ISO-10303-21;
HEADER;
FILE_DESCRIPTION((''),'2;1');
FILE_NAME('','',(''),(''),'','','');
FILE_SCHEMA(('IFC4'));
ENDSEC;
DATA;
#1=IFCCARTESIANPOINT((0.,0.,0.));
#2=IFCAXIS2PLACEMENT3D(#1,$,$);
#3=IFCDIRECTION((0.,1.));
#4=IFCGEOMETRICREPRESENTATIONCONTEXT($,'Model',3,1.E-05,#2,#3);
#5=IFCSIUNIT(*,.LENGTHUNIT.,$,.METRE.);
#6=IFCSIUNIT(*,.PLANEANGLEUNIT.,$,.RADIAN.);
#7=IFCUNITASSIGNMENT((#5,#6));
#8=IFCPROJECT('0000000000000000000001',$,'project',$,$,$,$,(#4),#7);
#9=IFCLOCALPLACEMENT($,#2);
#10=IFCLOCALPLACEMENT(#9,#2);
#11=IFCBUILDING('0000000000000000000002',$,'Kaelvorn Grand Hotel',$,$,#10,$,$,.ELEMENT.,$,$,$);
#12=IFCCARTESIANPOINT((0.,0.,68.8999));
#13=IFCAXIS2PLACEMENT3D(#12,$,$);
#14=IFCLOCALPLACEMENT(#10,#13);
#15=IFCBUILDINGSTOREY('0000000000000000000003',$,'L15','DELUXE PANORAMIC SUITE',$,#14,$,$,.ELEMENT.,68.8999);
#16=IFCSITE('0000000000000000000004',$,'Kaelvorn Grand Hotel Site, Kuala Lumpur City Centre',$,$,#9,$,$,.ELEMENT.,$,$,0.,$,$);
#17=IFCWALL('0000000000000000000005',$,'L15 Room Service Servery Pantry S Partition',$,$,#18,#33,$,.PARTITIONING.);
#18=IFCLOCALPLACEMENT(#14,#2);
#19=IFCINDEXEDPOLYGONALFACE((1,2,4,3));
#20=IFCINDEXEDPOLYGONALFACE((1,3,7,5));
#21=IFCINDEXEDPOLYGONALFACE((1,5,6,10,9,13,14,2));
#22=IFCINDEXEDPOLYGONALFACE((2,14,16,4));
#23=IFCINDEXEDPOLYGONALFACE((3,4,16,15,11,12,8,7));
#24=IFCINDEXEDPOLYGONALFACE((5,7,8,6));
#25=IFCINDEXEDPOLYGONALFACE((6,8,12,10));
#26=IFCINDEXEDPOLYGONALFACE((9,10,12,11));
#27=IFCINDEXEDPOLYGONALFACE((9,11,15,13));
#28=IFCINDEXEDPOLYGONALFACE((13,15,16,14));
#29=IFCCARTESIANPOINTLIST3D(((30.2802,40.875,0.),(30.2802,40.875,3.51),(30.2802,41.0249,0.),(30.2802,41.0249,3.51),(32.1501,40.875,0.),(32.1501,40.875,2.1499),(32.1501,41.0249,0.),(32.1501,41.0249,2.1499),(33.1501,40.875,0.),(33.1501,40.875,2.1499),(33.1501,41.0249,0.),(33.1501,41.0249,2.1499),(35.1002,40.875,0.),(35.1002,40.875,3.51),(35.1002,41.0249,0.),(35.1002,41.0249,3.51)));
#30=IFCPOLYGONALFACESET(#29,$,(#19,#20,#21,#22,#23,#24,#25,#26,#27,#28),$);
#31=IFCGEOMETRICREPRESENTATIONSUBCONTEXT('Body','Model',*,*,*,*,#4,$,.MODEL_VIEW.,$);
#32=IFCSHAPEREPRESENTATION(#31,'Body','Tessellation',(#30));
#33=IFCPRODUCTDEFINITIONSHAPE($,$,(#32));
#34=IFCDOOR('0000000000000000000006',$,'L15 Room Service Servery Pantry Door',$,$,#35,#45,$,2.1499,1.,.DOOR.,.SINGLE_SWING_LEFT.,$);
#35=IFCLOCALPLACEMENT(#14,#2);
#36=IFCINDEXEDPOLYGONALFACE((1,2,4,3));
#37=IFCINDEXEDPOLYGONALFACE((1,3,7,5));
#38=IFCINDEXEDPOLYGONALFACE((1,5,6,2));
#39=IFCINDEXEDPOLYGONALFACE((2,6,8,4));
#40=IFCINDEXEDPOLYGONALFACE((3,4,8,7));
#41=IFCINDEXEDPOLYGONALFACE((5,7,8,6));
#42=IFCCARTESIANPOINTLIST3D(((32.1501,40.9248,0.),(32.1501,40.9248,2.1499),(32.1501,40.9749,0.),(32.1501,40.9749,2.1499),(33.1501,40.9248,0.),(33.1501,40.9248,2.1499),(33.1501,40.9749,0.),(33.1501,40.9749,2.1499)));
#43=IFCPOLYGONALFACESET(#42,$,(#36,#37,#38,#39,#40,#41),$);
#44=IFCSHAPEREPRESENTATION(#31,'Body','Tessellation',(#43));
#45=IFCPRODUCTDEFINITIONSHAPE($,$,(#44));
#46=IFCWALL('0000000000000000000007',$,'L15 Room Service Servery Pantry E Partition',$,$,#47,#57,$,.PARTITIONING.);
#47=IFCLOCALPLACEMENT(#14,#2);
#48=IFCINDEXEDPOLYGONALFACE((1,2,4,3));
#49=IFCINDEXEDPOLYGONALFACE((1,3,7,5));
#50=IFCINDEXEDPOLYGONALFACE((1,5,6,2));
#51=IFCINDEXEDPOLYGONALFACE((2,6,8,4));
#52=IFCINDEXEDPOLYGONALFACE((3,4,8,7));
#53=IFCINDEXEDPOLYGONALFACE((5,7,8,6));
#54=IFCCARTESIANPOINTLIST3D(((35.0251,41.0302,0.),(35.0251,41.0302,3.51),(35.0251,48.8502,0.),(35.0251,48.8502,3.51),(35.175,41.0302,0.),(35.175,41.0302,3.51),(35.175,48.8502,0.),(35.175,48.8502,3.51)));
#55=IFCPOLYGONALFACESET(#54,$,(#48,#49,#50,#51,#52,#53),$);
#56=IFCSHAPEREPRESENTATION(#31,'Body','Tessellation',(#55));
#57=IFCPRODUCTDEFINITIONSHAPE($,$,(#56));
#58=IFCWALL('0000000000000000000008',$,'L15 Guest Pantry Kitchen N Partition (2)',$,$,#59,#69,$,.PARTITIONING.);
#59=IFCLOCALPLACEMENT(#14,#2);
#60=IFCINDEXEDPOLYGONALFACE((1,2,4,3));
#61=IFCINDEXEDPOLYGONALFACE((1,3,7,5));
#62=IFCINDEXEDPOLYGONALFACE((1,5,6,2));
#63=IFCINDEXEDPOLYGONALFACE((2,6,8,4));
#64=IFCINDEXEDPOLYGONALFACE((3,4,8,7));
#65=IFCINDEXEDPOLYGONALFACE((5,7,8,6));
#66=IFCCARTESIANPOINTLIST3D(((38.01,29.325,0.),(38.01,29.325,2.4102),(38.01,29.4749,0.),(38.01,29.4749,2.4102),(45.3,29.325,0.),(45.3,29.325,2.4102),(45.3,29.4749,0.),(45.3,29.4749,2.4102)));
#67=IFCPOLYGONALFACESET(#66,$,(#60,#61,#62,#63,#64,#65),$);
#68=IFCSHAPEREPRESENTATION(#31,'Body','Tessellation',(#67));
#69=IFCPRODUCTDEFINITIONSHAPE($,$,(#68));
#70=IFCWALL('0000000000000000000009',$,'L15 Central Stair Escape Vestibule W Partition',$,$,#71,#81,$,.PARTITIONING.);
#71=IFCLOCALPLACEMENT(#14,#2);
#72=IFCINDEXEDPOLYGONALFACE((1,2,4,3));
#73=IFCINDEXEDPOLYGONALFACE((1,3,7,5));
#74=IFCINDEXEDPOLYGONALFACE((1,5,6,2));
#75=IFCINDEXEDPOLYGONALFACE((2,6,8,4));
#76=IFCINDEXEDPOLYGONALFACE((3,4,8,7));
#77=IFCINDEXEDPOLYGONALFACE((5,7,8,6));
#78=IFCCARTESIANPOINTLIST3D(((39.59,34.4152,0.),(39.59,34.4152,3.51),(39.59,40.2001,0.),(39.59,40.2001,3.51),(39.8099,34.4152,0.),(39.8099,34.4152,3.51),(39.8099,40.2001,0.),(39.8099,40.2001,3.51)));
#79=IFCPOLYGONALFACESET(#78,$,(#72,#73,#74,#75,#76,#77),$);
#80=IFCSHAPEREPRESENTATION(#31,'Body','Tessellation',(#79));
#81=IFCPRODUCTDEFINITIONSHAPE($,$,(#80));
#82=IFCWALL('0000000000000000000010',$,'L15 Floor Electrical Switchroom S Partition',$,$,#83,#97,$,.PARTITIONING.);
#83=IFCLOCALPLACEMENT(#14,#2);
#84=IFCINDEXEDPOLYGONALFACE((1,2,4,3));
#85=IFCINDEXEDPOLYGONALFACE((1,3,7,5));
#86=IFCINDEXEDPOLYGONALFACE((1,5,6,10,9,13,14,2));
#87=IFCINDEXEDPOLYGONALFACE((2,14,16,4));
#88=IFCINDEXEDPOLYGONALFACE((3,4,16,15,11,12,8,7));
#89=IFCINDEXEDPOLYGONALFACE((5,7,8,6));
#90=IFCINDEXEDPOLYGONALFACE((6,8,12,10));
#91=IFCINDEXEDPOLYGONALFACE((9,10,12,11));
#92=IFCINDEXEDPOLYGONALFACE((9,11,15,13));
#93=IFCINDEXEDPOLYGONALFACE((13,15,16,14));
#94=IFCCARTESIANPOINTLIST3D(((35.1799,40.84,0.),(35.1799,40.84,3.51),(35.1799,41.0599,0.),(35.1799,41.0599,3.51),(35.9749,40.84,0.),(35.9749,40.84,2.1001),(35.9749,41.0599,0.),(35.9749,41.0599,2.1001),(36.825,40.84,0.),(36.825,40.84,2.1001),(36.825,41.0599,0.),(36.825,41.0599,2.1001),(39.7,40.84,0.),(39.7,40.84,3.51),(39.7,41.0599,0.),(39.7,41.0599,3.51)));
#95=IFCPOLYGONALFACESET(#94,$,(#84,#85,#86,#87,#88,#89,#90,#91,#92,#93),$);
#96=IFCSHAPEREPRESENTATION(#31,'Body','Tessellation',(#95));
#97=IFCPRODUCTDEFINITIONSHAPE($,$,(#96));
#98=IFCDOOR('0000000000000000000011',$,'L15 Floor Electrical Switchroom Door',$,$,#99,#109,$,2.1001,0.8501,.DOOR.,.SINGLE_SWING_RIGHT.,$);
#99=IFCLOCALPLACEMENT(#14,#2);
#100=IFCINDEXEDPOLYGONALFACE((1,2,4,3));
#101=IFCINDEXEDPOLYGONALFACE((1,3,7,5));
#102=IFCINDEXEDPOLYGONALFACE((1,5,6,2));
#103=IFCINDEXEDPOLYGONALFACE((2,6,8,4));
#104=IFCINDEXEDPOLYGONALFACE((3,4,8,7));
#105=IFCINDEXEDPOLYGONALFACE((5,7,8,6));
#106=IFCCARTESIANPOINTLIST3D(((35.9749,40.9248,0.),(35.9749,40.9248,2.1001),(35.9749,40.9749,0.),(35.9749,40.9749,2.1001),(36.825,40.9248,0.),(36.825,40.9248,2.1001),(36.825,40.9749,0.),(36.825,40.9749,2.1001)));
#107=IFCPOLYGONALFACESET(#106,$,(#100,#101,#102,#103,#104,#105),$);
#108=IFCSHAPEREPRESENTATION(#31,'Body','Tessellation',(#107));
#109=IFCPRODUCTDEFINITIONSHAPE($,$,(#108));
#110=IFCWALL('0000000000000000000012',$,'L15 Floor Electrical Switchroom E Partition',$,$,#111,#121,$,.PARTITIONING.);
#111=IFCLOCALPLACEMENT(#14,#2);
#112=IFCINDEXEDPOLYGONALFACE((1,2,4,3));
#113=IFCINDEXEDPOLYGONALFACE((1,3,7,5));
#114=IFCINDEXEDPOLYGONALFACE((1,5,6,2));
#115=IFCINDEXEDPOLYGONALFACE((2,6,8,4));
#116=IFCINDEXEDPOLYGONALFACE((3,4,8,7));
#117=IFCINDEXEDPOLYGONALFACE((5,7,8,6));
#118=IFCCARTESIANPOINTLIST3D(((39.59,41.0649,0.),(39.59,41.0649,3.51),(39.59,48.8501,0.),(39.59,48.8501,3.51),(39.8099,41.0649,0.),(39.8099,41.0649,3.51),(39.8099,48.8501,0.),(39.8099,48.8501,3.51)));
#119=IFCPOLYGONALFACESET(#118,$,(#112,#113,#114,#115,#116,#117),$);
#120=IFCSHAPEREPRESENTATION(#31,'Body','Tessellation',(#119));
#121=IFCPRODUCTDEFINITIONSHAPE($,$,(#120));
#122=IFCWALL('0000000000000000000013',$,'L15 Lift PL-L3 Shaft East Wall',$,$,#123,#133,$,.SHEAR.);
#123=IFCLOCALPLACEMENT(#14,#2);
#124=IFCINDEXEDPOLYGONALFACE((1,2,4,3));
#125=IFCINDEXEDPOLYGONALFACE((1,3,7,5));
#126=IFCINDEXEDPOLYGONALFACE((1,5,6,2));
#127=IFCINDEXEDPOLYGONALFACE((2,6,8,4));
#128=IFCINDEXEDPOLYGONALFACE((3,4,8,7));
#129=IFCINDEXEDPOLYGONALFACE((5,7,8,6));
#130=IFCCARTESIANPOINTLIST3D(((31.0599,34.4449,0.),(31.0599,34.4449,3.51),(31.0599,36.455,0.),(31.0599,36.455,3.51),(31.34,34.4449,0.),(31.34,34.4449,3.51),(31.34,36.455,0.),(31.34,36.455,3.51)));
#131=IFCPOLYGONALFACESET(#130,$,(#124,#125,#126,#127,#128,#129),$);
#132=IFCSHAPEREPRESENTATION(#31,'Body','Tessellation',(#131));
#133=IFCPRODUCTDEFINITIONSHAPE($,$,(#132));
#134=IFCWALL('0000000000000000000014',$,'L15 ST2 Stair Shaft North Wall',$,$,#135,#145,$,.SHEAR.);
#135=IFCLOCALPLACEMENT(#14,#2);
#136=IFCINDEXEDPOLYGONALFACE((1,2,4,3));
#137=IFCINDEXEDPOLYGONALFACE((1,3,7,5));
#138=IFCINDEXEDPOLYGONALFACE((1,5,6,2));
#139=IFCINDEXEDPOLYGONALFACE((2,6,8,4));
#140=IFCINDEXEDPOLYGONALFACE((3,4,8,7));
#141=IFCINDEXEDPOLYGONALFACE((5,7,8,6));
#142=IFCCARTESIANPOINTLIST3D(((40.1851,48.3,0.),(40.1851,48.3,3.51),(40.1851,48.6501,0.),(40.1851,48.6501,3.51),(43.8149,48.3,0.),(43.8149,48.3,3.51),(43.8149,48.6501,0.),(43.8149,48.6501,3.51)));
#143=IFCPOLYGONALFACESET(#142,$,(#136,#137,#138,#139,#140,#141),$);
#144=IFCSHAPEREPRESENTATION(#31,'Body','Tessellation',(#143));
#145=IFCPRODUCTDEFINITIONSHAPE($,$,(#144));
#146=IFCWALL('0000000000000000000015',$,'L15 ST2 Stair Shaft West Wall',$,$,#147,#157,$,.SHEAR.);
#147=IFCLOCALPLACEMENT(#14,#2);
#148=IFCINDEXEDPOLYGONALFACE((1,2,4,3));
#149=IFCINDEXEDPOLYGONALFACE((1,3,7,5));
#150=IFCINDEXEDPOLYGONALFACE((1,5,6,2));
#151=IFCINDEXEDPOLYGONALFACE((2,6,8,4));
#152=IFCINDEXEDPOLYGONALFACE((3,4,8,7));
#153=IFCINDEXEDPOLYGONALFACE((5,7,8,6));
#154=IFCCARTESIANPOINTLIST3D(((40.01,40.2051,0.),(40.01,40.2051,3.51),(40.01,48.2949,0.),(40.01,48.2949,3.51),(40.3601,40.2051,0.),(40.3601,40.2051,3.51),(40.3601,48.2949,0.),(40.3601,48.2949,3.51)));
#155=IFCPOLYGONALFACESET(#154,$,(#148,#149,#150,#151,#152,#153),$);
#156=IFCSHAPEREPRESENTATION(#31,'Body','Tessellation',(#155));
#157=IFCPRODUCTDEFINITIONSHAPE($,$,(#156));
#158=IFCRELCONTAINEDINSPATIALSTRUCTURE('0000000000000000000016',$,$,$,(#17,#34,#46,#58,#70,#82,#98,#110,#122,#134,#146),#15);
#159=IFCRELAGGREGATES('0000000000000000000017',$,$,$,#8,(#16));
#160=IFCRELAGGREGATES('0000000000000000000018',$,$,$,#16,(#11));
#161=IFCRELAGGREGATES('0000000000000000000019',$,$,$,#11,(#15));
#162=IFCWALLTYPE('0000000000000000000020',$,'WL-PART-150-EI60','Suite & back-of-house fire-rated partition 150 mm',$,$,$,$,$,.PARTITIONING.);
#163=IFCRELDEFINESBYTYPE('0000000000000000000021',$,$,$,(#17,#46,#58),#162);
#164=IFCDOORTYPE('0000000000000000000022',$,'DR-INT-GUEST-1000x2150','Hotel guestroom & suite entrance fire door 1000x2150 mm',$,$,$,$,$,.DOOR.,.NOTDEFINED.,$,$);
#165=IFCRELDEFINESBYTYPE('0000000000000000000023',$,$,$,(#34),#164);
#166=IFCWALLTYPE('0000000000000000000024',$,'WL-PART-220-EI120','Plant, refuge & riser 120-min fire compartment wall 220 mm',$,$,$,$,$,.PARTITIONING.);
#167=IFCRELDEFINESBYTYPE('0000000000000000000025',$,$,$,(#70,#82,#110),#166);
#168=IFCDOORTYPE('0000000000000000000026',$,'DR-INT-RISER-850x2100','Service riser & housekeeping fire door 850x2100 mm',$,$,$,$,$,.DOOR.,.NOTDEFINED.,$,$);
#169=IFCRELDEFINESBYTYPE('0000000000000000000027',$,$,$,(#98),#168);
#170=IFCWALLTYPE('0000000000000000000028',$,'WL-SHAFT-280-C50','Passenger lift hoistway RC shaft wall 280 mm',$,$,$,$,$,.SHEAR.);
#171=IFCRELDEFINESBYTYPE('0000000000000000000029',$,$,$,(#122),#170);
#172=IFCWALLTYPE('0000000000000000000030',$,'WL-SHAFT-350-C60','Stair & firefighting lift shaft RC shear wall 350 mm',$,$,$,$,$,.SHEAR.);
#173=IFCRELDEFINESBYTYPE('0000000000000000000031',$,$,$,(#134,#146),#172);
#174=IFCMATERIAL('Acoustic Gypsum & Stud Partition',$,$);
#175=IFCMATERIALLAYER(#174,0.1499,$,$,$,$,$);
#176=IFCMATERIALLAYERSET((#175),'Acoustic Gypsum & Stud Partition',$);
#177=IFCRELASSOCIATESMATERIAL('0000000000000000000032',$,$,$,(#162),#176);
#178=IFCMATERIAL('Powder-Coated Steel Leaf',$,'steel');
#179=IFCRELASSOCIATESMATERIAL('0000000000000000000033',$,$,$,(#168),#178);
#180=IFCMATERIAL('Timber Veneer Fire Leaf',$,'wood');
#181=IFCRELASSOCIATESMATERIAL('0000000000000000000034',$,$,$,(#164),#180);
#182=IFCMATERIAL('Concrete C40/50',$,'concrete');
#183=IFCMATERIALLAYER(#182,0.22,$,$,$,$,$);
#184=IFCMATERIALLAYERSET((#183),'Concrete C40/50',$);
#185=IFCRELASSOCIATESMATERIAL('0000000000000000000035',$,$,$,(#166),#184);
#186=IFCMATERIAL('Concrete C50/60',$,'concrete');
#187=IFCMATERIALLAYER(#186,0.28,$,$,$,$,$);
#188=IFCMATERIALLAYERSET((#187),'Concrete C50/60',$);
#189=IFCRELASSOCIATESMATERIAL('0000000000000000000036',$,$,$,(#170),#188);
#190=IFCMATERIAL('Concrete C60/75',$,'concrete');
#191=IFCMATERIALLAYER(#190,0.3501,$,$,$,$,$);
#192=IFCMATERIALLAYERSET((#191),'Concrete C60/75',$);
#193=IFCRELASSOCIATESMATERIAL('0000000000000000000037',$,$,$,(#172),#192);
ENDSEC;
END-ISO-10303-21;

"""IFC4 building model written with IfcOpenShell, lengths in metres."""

from ifc_helpers import new_model, si_unit, direction, frame, frame_2d, origin, place, context, subcontext, project, spatial, rectangle, extrude, material, layer, layer_set, type_object, element, fill, save


model = new_model("IFC4")

# Units and contexts
model_context = context("Model", 3, precision=1e-05, world=origin(), true_north=direction((0.0, 1.0)))
body_context = subcontext(model_context, "Body", "Model", "MODEL_VIEW")
ifc_project = project(units=[si_unit("LENGTHUNIT", "METRE"), si_unit("PLANEANGLEUNIT", "RADIAN")], contexts=[model_context])

# Site, building, storey
site_placement = place(None, origin())
site = spatial("IfcSite", under=ifc_project, at=site_placement, Name="Kaelvorn Grand Hotel Site, Kuala Lumpur City Centre", CompositionType="ELEMENT", RefElevation=0.0)
building_placement = place(site_placement, origin())
building = spatial("IfcBuilding", under=site, at=building_placement, Name="Kaelvorn Grand Hotel", CompositionType="ELEMENT")
storey_placement = place(building_placement, frame((0.0, 0.0, 68.8999)))
storey = spatial("IfcBuildingStorey", under=building, at=storey_placement, Name="L15", Description="DELUXE PANORAMIC SUITE", CompositionType="ELEMENT", Elevation=68.8999)

# Shared definitions
ifc_material_1 = material(Name="Concrete C60/75", Category="concrete")

# Shared definitions
ifc_material_2 = material(Name="Acoustic Gypsum & Stud Partition")
ifc_layer_1 = layer(ifc_material_2, 0.1499)
ifc_layer_set_1 = layer_set([ifc_layer_1], Name="Acoustic Gypsum & Stud Partition")
wall_type_1 = type_object("IfcWallType", Name="WL-PART-150-EI60", Description="Suite & back-of-house fire-rated partition 150 mm", PredefinedType="PARTITIONING", material=ifc_layer_set_1)
ifc_material_3 = material(Name="Powder-Coated Steel Leaf", Category="steel")
door_type_1 = type_object("IfcDoorType", Name="DR-INT-RISER-850x2100", Description="Service riser & housekeeping fire door 850x2100 mm", OperationType="NOTDEFINED", PredefinedType="DOOR", material=ifc_material_3)

# Wall, opening, door
wall_1_placement = place(storey_placement, frame((30.28, 40.95, 0.0), z_axis=(0.0, 0.0, 1.0), x_axis=(1.0, 0.0, 0.0)))
wall_1 = element("IfcWall", 1, at=wall_1_placement, inside=storey, type_object=wall_type_1, Name="L15 Room Service Servery Pantry S Partition", PredefinedType="PARTITIONING", context=body_context, shape_type="SweptSolid", body=[
    extrude(rectangle(XDim=4.8201, YDim=0.1499, at=frame_2d((2.4102, 0.0))), origin(), (0.0, 0.0, 1.0), 3.51),
])
opening_1_placement = place(wall_1_placement, frame((1.8701, 0.0, 0.0)))
opening_1 = element("IfcOpeningElement", 2, at=opening_1_placement, cuts=wall_1, PredefinedType="OPENING", context=body_context, shape_type="SweptSolid", body=[
    extrude(rectangle(XDim=1.0, YDim=2.1499, at=frame_2d((0.5, 1.075))), frame((0.0, 0.085, 0.0), z_axis=(0.0, -1.0, 0.0), x_axis=(1.0, 0.0, 0.0)), (0.0, 0.0, 1.0), 0.1699),
])
ifc_material_4 = material(Name="Timber Veneer Fire Leaf", Category="wood")
door_type_2 = type_object("IfcDoorType", Name="DR-INT-GUEST-1000x2150", Description="Hotel guestroom & suite entrance fire door 1000x2150 mm", OperationType="NOTDEFINED", PredefinedType="DOOR", material=ifc_material_4)
door_1_placement = place(opening_1_placement, origin())
door_1 = element("IfcDoor", 3, at=door_1_placement, inside=storey, type_object=door_type_2, Name="L15 Room Service Servery Pantry Door", OperationType="SINGLE_SWING_LEFT", OverallHeight=2.1499, OverallWidth=1.0, PredefinedType="DOOR", context=body_context, shape_type="SweptSolid", body=[
    extrude(rectangle(XDim=1.0, YDim=2.1499, at=frame_2d((0.5, 1.075))), frame((0.0, 0.0249, 0.0), z_axis=(0.0, -1.0, 0.0), x_axis=(1.0, 0.0, 0.0)), (0.0, 0.0, 1.0), 0.05),
])
fill(opening_1, door_1)

# Walls
wall_2_placement = place(storey_placement, frame((35.1001, 41.03, 0.0), z_axis=(0.0, 0.0, 1.0), x_axis=(0.0, 1.0, 0.0)))
element("IfcWall", 4, at=wall_2_placement, inside=storey, type_object=wall_type_1, Name="L15 Room Service Servery Pantry E Partition", PredefinedType="PARTITIONING", context=body_context, shape_type="SweptSolid", body=[
    extrude(rectangle(XDim=7.8201, YDim=0.1499, at=frame_2d((3.9102, 0.0))), origin(), (0.0, 0.0, 1.0), 3.51),
])
wall_3_placement = place(storey_placement, frame((38.01, 29.3999, 0.0), z_axis=(0.0, 0.0, 1.0), x_axis=(1.0, 0.0, 0.0)))
element("IfcWall", 5, at=wall_3_placement, inside=storey, type_object=wall_type_1, Name="L15 Guest Pantry Kitchen N Partition (2)", PredefinedType="PARTITIONING", context=body_context, shape_type="SweptSolid", body=[
    extrude(rectangle(XDim=7.29, YDim=0.1499, at=frame_2d((3.645, 0.0))), origin(), (0.0, 0.0, 1.0), 2.4102),
])

# Shared definitions
ifc_material_5 = material(Name="Concrete C40/50", Category="concrete")
ifc_layer_2 = layer(ifc_material_5, 0.22)
ifc_layer_set_2 = layer_set([ifc_layer_2], Name="Concrete C40/50")
wall_type_2 = type_object("IfcWallType", Name="WL-PART-220-EI120", Description="Plant, refuge & riser 120-min fire compartment wall 220 mm", PredefinedType="PARTITIONING", material=ifc_layer_set_2)

# Wall
wall_4_placement = place(storey_placement, frame((39.7, 34.415, 0.0), z_axis=(0.0, 0.0, 1.0), x_axis=(0.0, 1.0, 0.0)))
element("IfcWall", 6, at=wall_4_placement, inside=storey, type_object=wall_type_2, Name="L15 Central Stair Escape Vestibule W Partition", PredefinedType="PARTITIONING", context=body_context, shape_type="SweptSolid", body=[
    extrude(rectangle(XDim=5.7849, YDim=0.22, at=frame_2d((2.8926, 0.0))), origin(), (0.0, 0.0, 1.0), 3.51),
])

# Wall, opening, door
wall_5_placement = place(storey_placement, frame((35.1799, 40.95, 0.0), z_axis=(0.0, 0.0, 1.0), x_axis=(1.0, 0.0, 0.0)))
wall_5 = element("IfcWall", 7, at=wall_5_placement, inside=storey, type_object=wall_type_2, Name="L15 Floor Electrical Switchroom S Partition", PredefinedType="PARTITIONING", context=body_context, shape_type="SweptSolid", body=[
    extrude(rectangle(XDim=4.52, YDim=0.22, at=frame_2d((2.26, 0.0))), origin(), (0.0, 0.0, 1.0), 3.51),
])
opening_2_placement = place(wall_5_placement, frame((0.7949, 0.0, 0.0)))
opening_2 = element("IfcOpeningElement", 8, at=opening_2_placement, cuts=wall_5, PredefinedType="OPENING", context=body_context, shape_type="SweptSolid", body=[
    extrude(rectangle(XDim=0.8501, YDim=2.1001, at=frame_2d((0.425, 1.05))), frame((0.0, 0.1201, 0.0), z_axis=(0.0, -1.0, 0.0), x_axis=(1.0, 0.0, 0.0)), (0.0, 0.0, 1.0), 0.24),
])
door_2_placement = place(opening_2_placement, origin())
door_2 = element("IfcDoor", 9, at=door_2_placement, inside=storey, type_object=door_type_1, Name="L15 Floor Electrical Switchroom Door", OperationType="SINGLE_SWING_RIGHT", OverallHeight=2.1001, OverallWidth=0.8501, PredefinedType="DOOR", context=body_context, shape_type="SweptSolid", body=[
    extrude(rectangle(XDim=0.8501, YDim=2.1001, at=frame_2d((0.425, 1.05))), frame((0.0, 0.0249, 0.0), z_axis=(0.0, -1.0, 0.0), x_axis=(1.0, 0.0, 0.0)), (0.0, 0.0, 1.0), 0.05),
])
fill(opening_2, door_2)

# Walls
wall_6_placement = place(storey_placement, frame((39.7, 41.0649, 0.0), z_axis=(0.0, 0.0, 1.0), x_axis=(0.0, 1.0, 0.0)))
element("IfcWall", 10, at=wall_6_placement, inside=storey, type_object=wall_type_2, Name="L15 Floor Electrical Switchroom E Partition", PredefinedType="PARTITIONING", context=body_context, shape_type="SweptSolid", body=[
    extrude(rectangle(XDim=7.7852, YDim=0.22, at=frame_2d((3.8926, 0.0))), origin(), (0.0, 0.0, 1.0), 3.51),
])
ifc_material_6 = material(Name="Concrete C50/60", Category="concrete")
ifc_layer_3 = layer(ifc_material_6, 0.28)
ifc_layer_set_3 = layer_set([ifc_layer_3], Name="Concrete C50/60")
wall_type_3 = type_object("IfcWallType", Name="WL-SHAFT-280-C50", Description="Passenger lift hoistway RC shaft wall 280 mm", PredefinedType="SHEAR", material=ifc_layer_set_3)
wall_7_placement = place(storey_placement, frame((31.2, 34.4451, 0.0), z_axis=(0.0, 0.0, 1.0), x_axis=(0.0, 1.0, 0.0)))
element("IfcWall", 11, at=wall_7_placement, inside=storey, type_object=wall_type_3, Name="L15 Lift PL-L3 Shaft East Wall", PredefinedType="SHEAR", context=body_context, shape_type="SweptSolid", body=[
    extrude(rectangle(XDim=2.01, YDim=0.28, at=frame_2d((1.0049, 0.0))), origin(), (0.0, 0.0, 1.0), 3.51),
])

# Shared definitions
ifc_layer_4 = layer(ifc_material_1, 0.3501)
ifc_layer_set_4 = layer_set([ifc_layer_4], Name="Concrete C60/75")
wall_type_4 = type_object("IfcWallType", Name="WL-SHAFT-350-C60", Description="Stair & firefighting lift shaft RC shear wall 350 mm", PredefinedType="SHEAR", material=ifc_layer_set_4)

# Walls
wall_8_placement = place(storey_placement, frame((40.1851, 48.4751, 0.0), z_axis=(0.0, 0.0, 1.0), x_axis=(1.0, 0.0, 0.0)))
element("IfcWall", 12, at=wall_8_placement, inside=storey, type_object=wall_type_4, Name="L15 ST2 Stair Shaft North Wall", PredefinedType="SHEAR", context=body_context, shape_type="SweptSolid", body=[
    extrude(rectangle(XDim=3.6299, YDim=0.3501, at=frame_2d((1.8149, 0.0))), origin(), (0.0, 0.0, 1.0), 3.51),
])
wall_9_placement = place(storey_placement, frame((40.1851, 40.2051, 0.0), z_axis=(0.0, 0.0, 1.0), x_axis=(0.0, 1.0, 0.0)))
element("IfcWall", 13, at=wall_9_placement, inside=storey, type_object=wall_type_4, Name="L15 ST2 Stair Shaft West Wall", PredefinedType="SHEAR", context=body_context, shape_type="SweptSolid", body=[
    extrude(rectangle(XDim=8.0898, YDim=0.3501, at=frame_2d((4.0449, 0.0))), origin(), (0.0, 0.0, 1.0), 3.51),
])

save(model, "model.ifc")
